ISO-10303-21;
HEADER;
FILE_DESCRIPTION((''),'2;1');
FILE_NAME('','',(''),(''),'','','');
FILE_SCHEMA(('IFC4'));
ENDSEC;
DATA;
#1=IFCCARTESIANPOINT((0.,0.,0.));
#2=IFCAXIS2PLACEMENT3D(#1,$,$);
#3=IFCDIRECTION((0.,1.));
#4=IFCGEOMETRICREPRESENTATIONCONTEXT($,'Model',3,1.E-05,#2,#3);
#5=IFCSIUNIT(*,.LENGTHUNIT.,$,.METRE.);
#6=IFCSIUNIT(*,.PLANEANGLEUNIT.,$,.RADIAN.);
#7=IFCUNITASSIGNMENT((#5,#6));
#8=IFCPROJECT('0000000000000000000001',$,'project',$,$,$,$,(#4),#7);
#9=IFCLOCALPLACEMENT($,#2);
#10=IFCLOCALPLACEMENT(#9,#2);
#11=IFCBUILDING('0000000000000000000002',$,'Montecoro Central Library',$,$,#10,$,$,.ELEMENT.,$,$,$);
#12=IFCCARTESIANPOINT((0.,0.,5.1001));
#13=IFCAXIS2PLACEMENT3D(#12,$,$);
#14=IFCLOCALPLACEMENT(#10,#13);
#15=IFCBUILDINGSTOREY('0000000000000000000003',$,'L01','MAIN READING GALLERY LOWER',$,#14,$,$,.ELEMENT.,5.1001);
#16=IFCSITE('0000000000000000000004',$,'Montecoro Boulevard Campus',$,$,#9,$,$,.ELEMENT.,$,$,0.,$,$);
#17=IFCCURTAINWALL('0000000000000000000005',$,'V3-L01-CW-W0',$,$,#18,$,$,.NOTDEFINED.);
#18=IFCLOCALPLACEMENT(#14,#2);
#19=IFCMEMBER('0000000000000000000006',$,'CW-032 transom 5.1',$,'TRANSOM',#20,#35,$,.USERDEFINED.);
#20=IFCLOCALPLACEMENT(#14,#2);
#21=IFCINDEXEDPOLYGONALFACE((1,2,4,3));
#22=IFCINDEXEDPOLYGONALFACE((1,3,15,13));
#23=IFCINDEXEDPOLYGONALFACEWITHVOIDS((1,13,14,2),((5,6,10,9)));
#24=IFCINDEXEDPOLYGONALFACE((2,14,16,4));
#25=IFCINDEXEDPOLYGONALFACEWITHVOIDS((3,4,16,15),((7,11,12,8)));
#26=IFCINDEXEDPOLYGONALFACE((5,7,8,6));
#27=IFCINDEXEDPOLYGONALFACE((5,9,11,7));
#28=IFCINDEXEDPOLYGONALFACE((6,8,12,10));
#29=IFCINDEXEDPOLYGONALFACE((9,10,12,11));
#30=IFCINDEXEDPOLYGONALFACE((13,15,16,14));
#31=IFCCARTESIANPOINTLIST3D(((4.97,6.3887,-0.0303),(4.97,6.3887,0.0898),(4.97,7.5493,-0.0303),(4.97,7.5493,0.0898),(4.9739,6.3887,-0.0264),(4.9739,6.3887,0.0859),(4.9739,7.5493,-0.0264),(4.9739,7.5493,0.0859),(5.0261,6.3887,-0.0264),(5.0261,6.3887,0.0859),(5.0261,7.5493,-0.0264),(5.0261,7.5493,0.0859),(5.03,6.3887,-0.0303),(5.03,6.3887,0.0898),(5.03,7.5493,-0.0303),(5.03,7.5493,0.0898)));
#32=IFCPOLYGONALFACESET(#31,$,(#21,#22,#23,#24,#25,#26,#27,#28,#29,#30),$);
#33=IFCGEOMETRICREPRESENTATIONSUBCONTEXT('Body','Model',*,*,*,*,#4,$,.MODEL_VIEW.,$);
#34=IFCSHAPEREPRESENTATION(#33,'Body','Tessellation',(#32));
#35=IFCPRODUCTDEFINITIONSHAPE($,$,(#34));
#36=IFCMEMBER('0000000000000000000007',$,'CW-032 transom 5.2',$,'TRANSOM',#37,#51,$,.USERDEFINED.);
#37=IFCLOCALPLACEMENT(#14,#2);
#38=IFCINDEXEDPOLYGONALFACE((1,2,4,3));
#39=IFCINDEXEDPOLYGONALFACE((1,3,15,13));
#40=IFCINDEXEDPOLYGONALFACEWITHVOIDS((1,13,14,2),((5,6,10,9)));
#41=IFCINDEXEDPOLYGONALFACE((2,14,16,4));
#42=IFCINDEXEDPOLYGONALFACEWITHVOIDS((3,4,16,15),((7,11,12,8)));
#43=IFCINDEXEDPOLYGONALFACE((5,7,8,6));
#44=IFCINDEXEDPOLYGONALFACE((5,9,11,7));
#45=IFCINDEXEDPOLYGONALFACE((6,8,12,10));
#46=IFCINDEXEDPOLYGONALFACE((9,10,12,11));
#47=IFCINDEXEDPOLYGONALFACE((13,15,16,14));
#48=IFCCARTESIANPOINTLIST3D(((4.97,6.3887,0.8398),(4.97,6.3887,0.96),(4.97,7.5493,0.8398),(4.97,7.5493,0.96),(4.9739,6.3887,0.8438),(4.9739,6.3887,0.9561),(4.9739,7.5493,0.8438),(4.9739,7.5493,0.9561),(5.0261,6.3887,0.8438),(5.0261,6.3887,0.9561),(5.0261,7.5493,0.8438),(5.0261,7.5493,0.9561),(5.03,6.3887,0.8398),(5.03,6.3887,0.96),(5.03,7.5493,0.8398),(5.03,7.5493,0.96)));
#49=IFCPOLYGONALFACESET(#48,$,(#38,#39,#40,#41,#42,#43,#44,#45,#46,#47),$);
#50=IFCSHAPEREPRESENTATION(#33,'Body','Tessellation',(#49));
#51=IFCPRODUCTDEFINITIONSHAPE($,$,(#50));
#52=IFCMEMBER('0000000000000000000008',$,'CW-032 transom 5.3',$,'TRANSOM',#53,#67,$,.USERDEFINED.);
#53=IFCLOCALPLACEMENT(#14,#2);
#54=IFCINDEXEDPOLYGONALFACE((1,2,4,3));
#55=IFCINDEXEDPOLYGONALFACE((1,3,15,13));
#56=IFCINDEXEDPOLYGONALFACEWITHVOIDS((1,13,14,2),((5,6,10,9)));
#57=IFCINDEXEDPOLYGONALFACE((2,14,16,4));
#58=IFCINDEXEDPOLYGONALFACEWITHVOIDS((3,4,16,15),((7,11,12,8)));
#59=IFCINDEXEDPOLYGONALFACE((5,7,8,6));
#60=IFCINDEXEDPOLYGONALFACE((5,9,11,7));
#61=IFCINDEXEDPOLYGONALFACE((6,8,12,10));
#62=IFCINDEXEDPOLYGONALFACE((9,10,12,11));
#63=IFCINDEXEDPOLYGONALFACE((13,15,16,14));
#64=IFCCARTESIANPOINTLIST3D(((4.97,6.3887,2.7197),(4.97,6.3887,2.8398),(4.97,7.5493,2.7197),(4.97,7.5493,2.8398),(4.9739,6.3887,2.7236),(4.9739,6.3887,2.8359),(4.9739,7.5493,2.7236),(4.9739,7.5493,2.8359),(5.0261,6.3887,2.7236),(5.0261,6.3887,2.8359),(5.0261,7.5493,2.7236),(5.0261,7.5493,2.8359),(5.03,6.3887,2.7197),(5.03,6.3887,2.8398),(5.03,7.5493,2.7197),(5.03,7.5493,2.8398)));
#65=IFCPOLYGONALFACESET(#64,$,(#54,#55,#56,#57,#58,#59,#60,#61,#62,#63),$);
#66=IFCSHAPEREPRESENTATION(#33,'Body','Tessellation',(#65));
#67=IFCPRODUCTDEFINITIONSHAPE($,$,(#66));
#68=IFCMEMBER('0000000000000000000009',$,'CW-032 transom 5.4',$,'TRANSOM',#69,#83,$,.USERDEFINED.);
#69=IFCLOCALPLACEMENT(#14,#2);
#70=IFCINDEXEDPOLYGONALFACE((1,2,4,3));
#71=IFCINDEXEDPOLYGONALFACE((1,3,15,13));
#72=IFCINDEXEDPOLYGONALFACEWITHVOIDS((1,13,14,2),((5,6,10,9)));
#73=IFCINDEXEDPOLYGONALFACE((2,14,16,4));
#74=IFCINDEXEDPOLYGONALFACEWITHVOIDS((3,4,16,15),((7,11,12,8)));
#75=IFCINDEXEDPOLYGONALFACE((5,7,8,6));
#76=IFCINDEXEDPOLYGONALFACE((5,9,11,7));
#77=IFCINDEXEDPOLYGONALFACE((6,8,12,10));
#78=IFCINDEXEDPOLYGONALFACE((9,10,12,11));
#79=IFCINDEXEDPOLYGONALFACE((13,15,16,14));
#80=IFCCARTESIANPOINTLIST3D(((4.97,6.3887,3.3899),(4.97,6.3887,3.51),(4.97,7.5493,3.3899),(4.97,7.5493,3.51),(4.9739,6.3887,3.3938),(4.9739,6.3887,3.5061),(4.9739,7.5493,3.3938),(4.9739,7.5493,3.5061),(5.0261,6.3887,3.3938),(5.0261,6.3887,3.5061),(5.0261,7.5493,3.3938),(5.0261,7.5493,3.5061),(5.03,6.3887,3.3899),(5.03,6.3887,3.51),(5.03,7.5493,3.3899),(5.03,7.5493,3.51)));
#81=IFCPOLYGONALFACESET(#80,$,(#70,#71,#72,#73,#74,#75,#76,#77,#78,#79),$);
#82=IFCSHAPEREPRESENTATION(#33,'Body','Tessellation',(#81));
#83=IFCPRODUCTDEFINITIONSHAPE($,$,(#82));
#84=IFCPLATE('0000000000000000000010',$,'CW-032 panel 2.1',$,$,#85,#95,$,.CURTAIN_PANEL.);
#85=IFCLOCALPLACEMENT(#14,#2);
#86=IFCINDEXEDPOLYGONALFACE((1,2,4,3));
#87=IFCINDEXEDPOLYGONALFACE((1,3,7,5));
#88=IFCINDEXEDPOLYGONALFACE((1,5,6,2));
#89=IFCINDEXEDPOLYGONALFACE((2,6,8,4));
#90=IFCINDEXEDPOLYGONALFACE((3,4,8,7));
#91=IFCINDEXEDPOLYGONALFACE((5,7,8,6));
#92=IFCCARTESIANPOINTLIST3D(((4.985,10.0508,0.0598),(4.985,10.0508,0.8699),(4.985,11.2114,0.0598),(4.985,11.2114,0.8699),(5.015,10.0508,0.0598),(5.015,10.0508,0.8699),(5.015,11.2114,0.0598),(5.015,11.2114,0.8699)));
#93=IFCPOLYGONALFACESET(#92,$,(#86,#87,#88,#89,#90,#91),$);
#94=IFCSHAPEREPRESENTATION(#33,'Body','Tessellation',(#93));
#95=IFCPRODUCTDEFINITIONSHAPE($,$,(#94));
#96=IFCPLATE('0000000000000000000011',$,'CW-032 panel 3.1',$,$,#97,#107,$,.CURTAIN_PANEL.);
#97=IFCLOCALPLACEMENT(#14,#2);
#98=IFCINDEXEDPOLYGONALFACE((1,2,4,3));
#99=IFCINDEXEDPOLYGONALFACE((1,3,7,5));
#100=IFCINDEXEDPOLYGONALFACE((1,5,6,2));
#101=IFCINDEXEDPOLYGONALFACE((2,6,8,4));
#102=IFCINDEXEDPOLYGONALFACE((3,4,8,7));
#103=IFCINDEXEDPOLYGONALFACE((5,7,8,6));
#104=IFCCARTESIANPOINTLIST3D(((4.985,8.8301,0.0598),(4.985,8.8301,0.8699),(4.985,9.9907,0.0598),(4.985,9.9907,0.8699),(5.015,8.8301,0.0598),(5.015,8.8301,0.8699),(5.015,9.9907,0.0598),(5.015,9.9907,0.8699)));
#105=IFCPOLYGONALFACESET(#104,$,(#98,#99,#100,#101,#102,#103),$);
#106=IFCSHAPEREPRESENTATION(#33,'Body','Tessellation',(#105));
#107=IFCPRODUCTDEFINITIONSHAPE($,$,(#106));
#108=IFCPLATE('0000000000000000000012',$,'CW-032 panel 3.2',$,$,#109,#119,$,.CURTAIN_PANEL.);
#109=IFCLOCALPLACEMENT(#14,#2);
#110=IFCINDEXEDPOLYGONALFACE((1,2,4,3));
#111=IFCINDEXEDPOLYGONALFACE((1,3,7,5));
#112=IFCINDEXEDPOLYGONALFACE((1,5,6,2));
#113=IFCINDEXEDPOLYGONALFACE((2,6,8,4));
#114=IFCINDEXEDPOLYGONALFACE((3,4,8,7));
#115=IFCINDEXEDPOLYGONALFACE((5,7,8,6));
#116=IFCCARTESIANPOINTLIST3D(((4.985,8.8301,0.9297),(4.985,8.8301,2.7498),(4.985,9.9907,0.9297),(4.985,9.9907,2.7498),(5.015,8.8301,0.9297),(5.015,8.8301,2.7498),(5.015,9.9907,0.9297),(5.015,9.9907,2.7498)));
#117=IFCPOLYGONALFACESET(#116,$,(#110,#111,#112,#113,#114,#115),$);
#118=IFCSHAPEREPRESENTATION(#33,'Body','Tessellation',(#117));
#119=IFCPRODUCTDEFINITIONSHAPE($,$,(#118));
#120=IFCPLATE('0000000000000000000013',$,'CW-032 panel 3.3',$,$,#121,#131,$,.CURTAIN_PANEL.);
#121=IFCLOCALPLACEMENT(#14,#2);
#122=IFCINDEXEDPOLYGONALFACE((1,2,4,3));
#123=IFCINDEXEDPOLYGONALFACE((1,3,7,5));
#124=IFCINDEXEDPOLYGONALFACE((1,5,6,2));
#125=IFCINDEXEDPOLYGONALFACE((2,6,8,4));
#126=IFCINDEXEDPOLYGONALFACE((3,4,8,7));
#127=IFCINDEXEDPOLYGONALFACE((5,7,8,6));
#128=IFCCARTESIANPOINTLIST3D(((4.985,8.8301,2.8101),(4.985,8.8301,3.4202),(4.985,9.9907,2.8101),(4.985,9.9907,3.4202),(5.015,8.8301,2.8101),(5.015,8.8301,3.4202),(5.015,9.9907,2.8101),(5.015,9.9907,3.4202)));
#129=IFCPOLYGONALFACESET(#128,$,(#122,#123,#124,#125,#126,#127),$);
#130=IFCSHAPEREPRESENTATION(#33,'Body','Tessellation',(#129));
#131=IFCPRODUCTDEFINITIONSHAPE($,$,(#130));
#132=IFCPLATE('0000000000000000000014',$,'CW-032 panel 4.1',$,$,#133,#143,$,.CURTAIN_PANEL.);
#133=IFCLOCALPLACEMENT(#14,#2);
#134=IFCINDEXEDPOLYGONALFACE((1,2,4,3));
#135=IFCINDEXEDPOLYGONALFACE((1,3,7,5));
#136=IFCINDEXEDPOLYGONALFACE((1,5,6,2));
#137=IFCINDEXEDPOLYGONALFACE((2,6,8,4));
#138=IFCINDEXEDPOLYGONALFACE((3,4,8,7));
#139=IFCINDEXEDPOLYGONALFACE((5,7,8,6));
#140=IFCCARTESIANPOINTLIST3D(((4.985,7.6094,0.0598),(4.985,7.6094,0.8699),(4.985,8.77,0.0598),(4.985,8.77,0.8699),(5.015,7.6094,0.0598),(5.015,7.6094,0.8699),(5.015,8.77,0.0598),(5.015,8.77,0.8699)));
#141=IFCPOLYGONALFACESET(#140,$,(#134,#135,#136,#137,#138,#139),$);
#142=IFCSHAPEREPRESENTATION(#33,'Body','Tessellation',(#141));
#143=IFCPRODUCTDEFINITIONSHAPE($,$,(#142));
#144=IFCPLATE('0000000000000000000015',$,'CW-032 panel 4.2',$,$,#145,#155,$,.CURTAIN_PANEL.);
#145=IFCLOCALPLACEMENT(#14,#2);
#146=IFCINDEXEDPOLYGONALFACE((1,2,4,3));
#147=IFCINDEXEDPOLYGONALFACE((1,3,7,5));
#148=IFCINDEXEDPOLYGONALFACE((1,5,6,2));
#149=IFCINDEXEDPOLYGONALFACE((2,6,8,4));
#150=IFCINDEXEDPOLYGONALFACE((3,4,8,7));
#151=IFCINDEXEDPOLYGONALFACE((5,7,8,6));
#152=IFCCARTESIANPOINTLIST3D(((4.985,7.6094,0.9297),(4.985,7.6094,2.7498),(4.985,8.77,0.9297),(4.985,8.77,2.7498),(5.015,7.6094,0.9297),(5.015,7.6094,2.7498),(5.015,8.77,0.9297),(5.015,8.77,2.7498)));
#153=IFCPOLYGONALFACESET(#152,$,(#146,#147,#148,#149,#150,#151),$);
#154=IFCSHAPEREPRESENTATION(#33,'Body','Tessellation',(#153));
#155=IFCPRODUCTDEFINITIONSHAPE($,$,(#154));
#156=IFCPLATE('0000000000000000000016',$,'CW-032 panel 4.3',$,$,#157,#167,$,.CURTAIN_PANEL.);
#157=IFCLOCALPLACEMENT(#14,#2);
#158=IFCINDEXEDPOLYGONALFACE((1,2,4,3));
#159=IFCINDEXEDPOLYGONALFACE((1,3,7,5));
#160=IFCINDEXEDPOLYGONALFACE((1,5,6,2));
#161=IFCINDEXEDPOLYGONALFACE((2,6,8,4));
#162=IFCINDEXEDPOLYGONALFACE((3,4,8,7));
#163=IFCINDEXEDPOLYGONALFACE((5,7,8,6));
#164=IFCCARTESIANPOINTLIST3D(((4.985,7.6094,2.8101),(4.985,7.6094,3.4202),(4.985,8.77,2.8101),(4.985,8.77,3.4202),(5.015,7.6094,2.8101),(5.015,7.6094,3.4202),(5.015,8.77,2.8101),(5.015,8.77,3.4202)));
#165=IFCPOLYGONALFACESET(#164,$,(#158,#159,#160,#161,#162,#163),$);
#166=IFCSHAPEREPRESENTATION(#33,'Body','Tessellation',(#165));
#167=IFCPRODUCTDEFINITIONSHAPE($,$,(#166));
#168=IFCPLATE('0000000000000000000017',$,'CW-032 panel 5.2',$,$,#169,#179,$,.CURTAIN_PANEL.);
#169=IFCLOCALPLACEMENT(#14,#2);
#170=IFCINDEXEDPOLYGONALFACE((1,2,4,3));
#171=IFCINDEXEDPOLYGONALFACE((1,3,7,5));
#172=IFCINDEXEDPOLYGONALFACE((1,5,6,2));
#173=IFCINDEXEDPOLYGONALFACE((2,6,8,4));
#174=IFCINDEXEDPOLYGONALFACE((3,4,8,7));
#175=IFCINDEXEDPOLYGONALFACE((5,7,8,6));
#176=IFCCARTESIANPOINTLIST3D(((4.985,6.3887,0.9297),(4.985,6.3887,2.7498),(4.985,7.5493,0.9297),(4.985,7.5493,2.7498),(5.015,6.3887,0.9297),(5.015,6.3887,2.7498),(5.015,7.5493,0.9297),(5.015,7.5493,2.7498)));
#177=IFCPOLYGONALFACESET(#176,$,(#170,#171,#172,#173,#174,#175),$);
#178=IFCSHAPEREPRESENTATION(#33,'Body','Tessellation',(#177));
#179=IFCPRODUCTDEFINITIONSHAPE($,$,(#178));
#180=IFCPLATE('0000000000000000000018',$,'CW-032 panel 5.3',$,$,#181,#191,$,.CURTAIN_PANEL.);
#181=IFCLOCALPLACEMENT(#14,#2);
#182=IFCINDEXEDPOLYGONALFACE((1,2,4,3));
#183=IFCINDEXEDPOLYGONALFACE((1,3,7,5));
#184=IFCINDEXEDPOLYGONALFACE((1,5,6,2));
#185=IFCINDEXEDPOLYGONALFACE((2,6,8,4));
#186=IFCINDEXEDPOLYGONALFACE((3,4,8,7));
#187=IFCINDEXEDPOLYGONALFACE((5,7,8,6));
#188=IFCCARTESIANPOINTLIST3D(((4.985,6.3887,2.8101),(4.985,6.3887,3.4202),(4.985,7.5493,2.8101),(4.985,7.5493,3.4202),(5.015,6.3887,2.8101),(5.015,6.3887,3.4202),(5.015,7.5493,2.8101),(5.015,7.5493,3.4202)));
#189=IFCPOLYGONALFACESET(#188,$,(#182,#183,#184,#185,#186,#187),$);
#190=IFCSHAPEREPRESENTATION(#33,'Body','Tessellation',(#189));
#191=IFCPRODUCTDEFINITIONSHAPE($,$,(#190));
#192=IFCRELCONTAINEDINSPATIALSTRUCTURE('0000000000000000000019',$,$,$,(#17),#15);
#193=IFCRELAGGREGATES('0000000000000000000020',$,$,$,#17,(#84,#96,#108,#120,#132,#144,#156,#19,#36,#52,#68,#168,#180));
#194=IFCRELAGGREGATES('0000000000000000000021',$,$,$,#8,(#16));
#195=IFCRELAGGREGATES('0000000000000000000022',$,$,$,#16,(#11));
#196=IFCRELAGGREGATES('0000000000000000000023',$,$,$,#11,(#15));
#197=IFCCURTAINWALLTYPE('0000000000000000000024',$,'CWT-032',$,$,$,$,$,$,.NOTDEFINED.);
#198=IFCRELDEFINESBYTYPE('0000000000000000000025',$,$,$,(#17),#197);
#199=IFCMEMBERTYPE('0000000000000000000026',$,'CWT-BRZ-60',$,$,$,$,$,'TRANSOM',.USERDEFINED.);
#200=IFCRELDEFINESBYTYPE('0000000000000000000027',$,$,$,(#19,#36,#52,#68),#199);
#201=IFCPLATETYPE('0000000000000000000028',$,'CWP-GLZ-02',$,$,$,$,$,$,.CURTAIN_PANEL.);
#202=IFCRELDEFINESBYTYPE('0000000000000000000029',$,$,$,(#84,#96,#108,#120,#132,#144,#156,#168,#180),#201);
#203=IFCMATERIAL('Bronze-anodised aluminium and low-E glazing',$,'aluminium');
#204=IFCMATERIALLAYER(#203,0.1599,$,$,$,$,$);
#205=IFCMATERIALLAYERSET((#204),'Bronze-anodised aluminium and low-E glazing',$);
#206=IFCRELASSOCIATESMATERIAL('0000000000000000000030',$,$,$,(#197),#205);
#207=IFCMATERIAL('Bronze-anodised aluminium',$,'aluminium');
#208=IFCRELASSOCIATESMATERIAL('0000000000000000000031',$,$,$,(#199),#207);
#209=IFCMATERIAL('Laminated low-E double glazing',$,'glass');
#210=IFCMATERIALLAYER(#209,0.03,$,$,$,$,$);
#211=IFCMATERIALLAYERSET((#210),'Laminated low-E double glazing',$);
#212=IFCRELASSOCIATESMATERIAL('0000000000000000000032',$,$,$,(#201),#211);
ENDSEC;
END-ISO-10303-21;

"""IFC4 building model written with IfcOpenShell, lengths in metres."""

from ifc_helpers import new_model, si_unit, direction, frame, origin, origin_2d, place, context, subcontext, project, spatial, rectangle, hollow_rectangle, extrude, material, layer, layer_set, material_profile, profile_set, type_object, element, aggregate, save


model = new_model("IFC4")

# Units and contexts
model_context = context("Model", 3, precision=1e-05, world=origin(), true_north=direction((0.0, 1.0)))
body_context = subcontext(model_context, "Body", "Model", "MODEL_VIEW")
ifc_project = project(units=[si_unit("LENGTHUNIT", "METRE"), si_unit("PLANEANGLEUNIT", "RADIAN")], contexts=[model_context])

# Site, building, storey
site_placement = place(None, origin())
site = spatial("IfcSite", under=ifc_project, at=site_placement, Name="Montecoro Boulevard Campus", CompositionType="ELEMENT", RefElevation=0.0)
building_placement = place(site_placement, origin())
building = spatial("IfcBuilding", under=site, at=building_placement, Name="Montecoro Central Library", CompositionType="ELEMENT")
storey_placement = place(building_placement, frame((0.0, 0.0, 5.1001)))
storey = spatial("IfcBuildingStorey", under=building, at=storey_placement, Name="L01", Description="MAIN READING GALLERY LOWER", CompositionType="ELEMENT", Elevation=5.1001)

# Curtain wall, members, plates
ifc_material_1 = material(Name="Bronze-anodised aluminium and low-E glazing", Category="aluminium")
ifc_layer_1 = layer(ifc_material_1, 0.1599)
ifc_layer_set_1 = layer_set([ifc_layer_1], Name="Bronze-anodised aluminium and low-E glazing")
curtain_wall_type = type_object("IfcCurtainWallType", Name="CWT-032", PredefinedType="NOTDEFINED", material=ifc_layer_set_1)
curtain_wall_placement = place(storey_placement, origin())
curtain_wall = element("IfcCurtainWall", 1, at=curtain_wall_placement, inside=storey, type_object=curtain_wall_type, Name="V3-L01-CW-W0", PredefinedType="NOTDEFINED")
ifc_material_2 = material(Name="Bronze-anodised aluminium", Category="aluminium")
ifc_material_profile_1 = material_profile(ifc_material_2, hollow_rectangle(XDim=0.0601, YDim=0.1201, WallThickness=0.0039, at=origin_2d()), Name="CWT 120x60x4.0")
ifc_profile_set_1 = profile_set([ifc_material_profile_1], Name="Bronze-anodised aluminium")
member_type_1 = type_object("IfcMemberType", Name="CWT-BRZ-60", ElementType="TRANSOM", PredefinedType="USERDEFINED", material=ifc_profile_set_1)
member_1_placement = place(storey_placement, frame((5.0, 7.5493, 0.0298), z_axis=(0.0, -1.0, 0.0), x_axis=(1.0, 0.0, 0.0)))
member_1 = element("IfcMember", 2, at=member_1_placement, type_object=member_type_1, Name="CW-032 transom 5.1", ObjectType="TRANSOM", PredefinedType="USERDEFINED", context=body_context, shape_type="SweptSolid", body=[
    extrude(hollow_rectangle(XDim=0.0601, YDim=0.1201, WallThickness=0.0039, at=origin_2d()), origin(), (0.0, 0.0, 1.0), 1.1606),
])
member_2_placement = place(storey_placement, frame((5.0, 7.5493, 0.8999), z_axis=(0.0, -1.0, 0.0), x_axis=(1.0, 0.0, 0.0)))
member_2 = element("IfcMember", 3, at=member_2_placement, type_object=member_type_1, Name="CW-032 transom 5.2", ObjectType="TRANSOM", PredefinedType="USERDEFINED", context=body_context, shape_type="SweptSolid", body=[
    extrude(hollow_rectangle(XDim=0.0601, YDim=0.1201, WallThickness=0.0039, at=origin_2d()), origin(), (0.0, 0.0, 1.0), 1.1606),
])
member_3_placement = place(storey_placement, frame((5.0, 7.5493, 2.7798), z_axis=(0.0, -1.0, 0.0), x_axis=(1.0, 0.0, 0.0)))
member_3 = element("IfcMember", 4, at=member_3_placement, type_object=member_type_1, Name="CW-032 transom 5.3", ObjectType="TRANSOM", PredefinedType="USERDEFINED", context=body_context, shape_type="SweptSolid", body=[
    extrude(hollow_rectangle(XDim=0.0601, YDim=0.1201, WallThickness=0.0039, at=origin_2d()), origin(), (0.0, 0.0, 1.0), 1.1606),
])
member_4_placement = place(storey_placement, frame((5.0, 7.5493, 3.45), z_axis=(0.0, -1.0, 0.0), x_axis=(1.0, 0.0, 0.0)))
member_4 = element("IfcMember", 5, at=member_4_placement, type_object=member_type_1, Name="CW-032 transom 5.4", ObjectType="TRANSOM", PredefinedType="USERDEFINED", context=body_context, shape_type="SweptSolid", body=[
    extrude(hollow_rectangle(XDim=0.0601, YDim=0.1201, WallThickness=0.0039, at=origin_2d()), origin(), (0.0, 0.0, 1.0), 1.1606),
])
ifc_material_3 = material(Name="Laminated low-E double glazing", Category="glass")
ifc_layer_2 = layer(ifc_material_3, 0.03)
ifc_layer_set_2 = layer_set([ifc_layer_2], Name="Laminated low-E double glazing")
plate_type = type_object("IfcPlateType", Name="CWP-GLZ-02", PredefinedType="CURTAIN_PANEL", material=ifc_layer_set_2)
plate_1_placement = place(storey_placement, frame((5.0, 10.6311, 0.0598), z_axis=(0.0, 0.0, 1.0), x_axis=(0.0, -1.0, 0.0)))
plate_1 = element("IfcPlate", 6, at=plate_1_placement, type_object=plate_type, Name="CW-032 panel 2.1", PredefinedType="CURTAIN_PANEL", context=body_context, shape_type="SweptSolid", body=[
    extrude(rectangle(XDim=1.1606, YDim=0.03, at=origin_2d()), origin(), (0.0, 0.0, 1.0), 0.8101),
])
plate_2_placement = place(storey_placement, frame((5.0, 9.4104, 0.0598), z_axis=(0.0, 0.0, 1.0), x_axis=(0.0, -1.0, 0.0)))
plate_2 = element("IfcPlate", 7, at=plate_2_placement, type_object=plate_type, Name="CW-032 panel 3.1", PredefinedType="CURTAIN_PANEL", context=body_context, shape_type="SweptSolid", body=[
    extrude(rectangle(XDim=1.1606, YDim=0.03, at=origin_2d()), origin(), (0.0, 0.0, 1.0), 0.8101),
])
plate_3_placement = place(storey_placement, frame((5.0, 9.4104, 0.9297), z_axis=(0.0, 0.0, 1.0), x_axis=(0.0, -1.0, 0.0)))
plate_3 = element("IfcPlate", 8, at=plate_3_placement, type_object=plate_type, Name="CW-032 panel 3.2", PredefinedType="CURTAIN_PANEL", context=body_context, shape_type="SweptSolid", body=[
    extrude(rectangle(XDim=1.1606, YDim=0.03, at=origin_2d()), origin(), (0.0, 0.0, 1.0), 1.8201),
])
plate_4_placement = place(storey_placement, frame((5.0, 9.4104, 2.8101), z_axis=(0.0, 0.0, 1.0), x_axis=(0.0, -1.0, 0.0)))
plate_4 = element("IfcPlate", 9, at=plate_4_placement, type_object=plate_type, Name="CW-032 panel 3.3", PredefinedType="CURTAIN_PANEL", context=body_context, shape_type="SweptSolid", body=[
    extrude(rectangle(XDim=1.1606, YDim=0.03, at=origin_2d()), origin(), (0.0, 0.0, 1.0), 0.6101),
])
plate_5_placement = place(storey_placement, frame((5.0, 8.1897, 0.0598), z_axis=(0.0, 0.0, 1.0), x_axis=(0.0, -1.0, 0.0)))
plate_5 = element("IfcPlate", 10, at=plate_5_placement, type_object=plate_type, Name="CW-032 panel 4.1", PredefinedType="CURTAIN_PANEL", context=body_context, shape_type="SweptSolid", body=[
    extrude(rectangle(XDim=1.1606, YDim=0.03, at=origin_2d()), origin(), (0.0, 0.0, 1.0), 0.8101),
])
plate_6_placement = place(storey_placement, frame((5.0, 8.1897, 0.9297), z_axis=(0.0, 0.0, 1.0), x_axis=(0.0, -1.0, 0.0)))
plate_6 = element("IfcPlate", 11, at=plate_6_placement, type_object=plate_type, Name="CW-032 panel 4.2", PredefinedType="CURTAIN_PANEL", context=body_context, shape_type="SweptSolid", body=[
    extrude(rectangle(XDim=1.1606, YDim=0.03, at=origin_2d()), origin(), (0.0, 0.0, 1.0), 1.8201),
])
plate_7_placement = place(storey_placement, frame((5.0, 8.1897, 2.8101), z_axis=(0.0, 0.0, 1.0), x_axis=(0.0, -1.0, 0.0)))
plate_7 = element("IfcPlate", 12, at=plate_7_placement, type_object=plate_type, Name="CW-032 panel 4.3", PredefinedType="CURTAIN_PANEL", context=body_context, shape_type="SweptSolid", body=[
    extrude(rectangle(XDim=1.1606, YDim=0.03, at=origin_2d()), origin(), (0.0, 0.0, 1.0), 0.6101),
])
plate_8_placement = place(storey_placement, frame((5.0, 6.969, 0.9297), z_axis=(0.0, 0.0, 1.0), x_axis=(0.0, -1.0, 0.0)))
plate_8 = element("IfcPlate", 13, at=plate_8_placement, type_object=plate_type, Name="CW-032 panel 5.2", PredefinedType="CURTAIN_PANEL", context=body_context, shape_type="SweptSolid", body=[
    extrude(rectangle(XDim=1.1606, YDim=0.03, at=origin_2d()), origin(), (0.0, 0.0, 1.0), 1.8201),
])
plate_9_placement = place(storey_placement, frame((5.0, 6.969, 2.8101), z_axis=(0.0, 0.0, 1.0), x_axis=(0.0, -1.0, 0.0)))
plate_9 = element("IfcPlate", 14, at=plate_9_placement, type_object=plate_type, Name="CW-032 panel 5.3", PredefinedType="CURTAIN_PANEL", context=body_context, shape_type="SweptSolid", body=[
    extrude(rectangle(XDim=1.1606, YDim=0.03, at=origin_2d()), origin(), (0.0, 0.0, 1.0), 0.6101),
])
aggregate(curtain_wall, [plate_1, plate_2, plate_3, plate_4, plate_5, plate_6, plate_7, member_1, member_2, member_3, member_4, plate_8, plate_9])

save(model, "model.ifc")
